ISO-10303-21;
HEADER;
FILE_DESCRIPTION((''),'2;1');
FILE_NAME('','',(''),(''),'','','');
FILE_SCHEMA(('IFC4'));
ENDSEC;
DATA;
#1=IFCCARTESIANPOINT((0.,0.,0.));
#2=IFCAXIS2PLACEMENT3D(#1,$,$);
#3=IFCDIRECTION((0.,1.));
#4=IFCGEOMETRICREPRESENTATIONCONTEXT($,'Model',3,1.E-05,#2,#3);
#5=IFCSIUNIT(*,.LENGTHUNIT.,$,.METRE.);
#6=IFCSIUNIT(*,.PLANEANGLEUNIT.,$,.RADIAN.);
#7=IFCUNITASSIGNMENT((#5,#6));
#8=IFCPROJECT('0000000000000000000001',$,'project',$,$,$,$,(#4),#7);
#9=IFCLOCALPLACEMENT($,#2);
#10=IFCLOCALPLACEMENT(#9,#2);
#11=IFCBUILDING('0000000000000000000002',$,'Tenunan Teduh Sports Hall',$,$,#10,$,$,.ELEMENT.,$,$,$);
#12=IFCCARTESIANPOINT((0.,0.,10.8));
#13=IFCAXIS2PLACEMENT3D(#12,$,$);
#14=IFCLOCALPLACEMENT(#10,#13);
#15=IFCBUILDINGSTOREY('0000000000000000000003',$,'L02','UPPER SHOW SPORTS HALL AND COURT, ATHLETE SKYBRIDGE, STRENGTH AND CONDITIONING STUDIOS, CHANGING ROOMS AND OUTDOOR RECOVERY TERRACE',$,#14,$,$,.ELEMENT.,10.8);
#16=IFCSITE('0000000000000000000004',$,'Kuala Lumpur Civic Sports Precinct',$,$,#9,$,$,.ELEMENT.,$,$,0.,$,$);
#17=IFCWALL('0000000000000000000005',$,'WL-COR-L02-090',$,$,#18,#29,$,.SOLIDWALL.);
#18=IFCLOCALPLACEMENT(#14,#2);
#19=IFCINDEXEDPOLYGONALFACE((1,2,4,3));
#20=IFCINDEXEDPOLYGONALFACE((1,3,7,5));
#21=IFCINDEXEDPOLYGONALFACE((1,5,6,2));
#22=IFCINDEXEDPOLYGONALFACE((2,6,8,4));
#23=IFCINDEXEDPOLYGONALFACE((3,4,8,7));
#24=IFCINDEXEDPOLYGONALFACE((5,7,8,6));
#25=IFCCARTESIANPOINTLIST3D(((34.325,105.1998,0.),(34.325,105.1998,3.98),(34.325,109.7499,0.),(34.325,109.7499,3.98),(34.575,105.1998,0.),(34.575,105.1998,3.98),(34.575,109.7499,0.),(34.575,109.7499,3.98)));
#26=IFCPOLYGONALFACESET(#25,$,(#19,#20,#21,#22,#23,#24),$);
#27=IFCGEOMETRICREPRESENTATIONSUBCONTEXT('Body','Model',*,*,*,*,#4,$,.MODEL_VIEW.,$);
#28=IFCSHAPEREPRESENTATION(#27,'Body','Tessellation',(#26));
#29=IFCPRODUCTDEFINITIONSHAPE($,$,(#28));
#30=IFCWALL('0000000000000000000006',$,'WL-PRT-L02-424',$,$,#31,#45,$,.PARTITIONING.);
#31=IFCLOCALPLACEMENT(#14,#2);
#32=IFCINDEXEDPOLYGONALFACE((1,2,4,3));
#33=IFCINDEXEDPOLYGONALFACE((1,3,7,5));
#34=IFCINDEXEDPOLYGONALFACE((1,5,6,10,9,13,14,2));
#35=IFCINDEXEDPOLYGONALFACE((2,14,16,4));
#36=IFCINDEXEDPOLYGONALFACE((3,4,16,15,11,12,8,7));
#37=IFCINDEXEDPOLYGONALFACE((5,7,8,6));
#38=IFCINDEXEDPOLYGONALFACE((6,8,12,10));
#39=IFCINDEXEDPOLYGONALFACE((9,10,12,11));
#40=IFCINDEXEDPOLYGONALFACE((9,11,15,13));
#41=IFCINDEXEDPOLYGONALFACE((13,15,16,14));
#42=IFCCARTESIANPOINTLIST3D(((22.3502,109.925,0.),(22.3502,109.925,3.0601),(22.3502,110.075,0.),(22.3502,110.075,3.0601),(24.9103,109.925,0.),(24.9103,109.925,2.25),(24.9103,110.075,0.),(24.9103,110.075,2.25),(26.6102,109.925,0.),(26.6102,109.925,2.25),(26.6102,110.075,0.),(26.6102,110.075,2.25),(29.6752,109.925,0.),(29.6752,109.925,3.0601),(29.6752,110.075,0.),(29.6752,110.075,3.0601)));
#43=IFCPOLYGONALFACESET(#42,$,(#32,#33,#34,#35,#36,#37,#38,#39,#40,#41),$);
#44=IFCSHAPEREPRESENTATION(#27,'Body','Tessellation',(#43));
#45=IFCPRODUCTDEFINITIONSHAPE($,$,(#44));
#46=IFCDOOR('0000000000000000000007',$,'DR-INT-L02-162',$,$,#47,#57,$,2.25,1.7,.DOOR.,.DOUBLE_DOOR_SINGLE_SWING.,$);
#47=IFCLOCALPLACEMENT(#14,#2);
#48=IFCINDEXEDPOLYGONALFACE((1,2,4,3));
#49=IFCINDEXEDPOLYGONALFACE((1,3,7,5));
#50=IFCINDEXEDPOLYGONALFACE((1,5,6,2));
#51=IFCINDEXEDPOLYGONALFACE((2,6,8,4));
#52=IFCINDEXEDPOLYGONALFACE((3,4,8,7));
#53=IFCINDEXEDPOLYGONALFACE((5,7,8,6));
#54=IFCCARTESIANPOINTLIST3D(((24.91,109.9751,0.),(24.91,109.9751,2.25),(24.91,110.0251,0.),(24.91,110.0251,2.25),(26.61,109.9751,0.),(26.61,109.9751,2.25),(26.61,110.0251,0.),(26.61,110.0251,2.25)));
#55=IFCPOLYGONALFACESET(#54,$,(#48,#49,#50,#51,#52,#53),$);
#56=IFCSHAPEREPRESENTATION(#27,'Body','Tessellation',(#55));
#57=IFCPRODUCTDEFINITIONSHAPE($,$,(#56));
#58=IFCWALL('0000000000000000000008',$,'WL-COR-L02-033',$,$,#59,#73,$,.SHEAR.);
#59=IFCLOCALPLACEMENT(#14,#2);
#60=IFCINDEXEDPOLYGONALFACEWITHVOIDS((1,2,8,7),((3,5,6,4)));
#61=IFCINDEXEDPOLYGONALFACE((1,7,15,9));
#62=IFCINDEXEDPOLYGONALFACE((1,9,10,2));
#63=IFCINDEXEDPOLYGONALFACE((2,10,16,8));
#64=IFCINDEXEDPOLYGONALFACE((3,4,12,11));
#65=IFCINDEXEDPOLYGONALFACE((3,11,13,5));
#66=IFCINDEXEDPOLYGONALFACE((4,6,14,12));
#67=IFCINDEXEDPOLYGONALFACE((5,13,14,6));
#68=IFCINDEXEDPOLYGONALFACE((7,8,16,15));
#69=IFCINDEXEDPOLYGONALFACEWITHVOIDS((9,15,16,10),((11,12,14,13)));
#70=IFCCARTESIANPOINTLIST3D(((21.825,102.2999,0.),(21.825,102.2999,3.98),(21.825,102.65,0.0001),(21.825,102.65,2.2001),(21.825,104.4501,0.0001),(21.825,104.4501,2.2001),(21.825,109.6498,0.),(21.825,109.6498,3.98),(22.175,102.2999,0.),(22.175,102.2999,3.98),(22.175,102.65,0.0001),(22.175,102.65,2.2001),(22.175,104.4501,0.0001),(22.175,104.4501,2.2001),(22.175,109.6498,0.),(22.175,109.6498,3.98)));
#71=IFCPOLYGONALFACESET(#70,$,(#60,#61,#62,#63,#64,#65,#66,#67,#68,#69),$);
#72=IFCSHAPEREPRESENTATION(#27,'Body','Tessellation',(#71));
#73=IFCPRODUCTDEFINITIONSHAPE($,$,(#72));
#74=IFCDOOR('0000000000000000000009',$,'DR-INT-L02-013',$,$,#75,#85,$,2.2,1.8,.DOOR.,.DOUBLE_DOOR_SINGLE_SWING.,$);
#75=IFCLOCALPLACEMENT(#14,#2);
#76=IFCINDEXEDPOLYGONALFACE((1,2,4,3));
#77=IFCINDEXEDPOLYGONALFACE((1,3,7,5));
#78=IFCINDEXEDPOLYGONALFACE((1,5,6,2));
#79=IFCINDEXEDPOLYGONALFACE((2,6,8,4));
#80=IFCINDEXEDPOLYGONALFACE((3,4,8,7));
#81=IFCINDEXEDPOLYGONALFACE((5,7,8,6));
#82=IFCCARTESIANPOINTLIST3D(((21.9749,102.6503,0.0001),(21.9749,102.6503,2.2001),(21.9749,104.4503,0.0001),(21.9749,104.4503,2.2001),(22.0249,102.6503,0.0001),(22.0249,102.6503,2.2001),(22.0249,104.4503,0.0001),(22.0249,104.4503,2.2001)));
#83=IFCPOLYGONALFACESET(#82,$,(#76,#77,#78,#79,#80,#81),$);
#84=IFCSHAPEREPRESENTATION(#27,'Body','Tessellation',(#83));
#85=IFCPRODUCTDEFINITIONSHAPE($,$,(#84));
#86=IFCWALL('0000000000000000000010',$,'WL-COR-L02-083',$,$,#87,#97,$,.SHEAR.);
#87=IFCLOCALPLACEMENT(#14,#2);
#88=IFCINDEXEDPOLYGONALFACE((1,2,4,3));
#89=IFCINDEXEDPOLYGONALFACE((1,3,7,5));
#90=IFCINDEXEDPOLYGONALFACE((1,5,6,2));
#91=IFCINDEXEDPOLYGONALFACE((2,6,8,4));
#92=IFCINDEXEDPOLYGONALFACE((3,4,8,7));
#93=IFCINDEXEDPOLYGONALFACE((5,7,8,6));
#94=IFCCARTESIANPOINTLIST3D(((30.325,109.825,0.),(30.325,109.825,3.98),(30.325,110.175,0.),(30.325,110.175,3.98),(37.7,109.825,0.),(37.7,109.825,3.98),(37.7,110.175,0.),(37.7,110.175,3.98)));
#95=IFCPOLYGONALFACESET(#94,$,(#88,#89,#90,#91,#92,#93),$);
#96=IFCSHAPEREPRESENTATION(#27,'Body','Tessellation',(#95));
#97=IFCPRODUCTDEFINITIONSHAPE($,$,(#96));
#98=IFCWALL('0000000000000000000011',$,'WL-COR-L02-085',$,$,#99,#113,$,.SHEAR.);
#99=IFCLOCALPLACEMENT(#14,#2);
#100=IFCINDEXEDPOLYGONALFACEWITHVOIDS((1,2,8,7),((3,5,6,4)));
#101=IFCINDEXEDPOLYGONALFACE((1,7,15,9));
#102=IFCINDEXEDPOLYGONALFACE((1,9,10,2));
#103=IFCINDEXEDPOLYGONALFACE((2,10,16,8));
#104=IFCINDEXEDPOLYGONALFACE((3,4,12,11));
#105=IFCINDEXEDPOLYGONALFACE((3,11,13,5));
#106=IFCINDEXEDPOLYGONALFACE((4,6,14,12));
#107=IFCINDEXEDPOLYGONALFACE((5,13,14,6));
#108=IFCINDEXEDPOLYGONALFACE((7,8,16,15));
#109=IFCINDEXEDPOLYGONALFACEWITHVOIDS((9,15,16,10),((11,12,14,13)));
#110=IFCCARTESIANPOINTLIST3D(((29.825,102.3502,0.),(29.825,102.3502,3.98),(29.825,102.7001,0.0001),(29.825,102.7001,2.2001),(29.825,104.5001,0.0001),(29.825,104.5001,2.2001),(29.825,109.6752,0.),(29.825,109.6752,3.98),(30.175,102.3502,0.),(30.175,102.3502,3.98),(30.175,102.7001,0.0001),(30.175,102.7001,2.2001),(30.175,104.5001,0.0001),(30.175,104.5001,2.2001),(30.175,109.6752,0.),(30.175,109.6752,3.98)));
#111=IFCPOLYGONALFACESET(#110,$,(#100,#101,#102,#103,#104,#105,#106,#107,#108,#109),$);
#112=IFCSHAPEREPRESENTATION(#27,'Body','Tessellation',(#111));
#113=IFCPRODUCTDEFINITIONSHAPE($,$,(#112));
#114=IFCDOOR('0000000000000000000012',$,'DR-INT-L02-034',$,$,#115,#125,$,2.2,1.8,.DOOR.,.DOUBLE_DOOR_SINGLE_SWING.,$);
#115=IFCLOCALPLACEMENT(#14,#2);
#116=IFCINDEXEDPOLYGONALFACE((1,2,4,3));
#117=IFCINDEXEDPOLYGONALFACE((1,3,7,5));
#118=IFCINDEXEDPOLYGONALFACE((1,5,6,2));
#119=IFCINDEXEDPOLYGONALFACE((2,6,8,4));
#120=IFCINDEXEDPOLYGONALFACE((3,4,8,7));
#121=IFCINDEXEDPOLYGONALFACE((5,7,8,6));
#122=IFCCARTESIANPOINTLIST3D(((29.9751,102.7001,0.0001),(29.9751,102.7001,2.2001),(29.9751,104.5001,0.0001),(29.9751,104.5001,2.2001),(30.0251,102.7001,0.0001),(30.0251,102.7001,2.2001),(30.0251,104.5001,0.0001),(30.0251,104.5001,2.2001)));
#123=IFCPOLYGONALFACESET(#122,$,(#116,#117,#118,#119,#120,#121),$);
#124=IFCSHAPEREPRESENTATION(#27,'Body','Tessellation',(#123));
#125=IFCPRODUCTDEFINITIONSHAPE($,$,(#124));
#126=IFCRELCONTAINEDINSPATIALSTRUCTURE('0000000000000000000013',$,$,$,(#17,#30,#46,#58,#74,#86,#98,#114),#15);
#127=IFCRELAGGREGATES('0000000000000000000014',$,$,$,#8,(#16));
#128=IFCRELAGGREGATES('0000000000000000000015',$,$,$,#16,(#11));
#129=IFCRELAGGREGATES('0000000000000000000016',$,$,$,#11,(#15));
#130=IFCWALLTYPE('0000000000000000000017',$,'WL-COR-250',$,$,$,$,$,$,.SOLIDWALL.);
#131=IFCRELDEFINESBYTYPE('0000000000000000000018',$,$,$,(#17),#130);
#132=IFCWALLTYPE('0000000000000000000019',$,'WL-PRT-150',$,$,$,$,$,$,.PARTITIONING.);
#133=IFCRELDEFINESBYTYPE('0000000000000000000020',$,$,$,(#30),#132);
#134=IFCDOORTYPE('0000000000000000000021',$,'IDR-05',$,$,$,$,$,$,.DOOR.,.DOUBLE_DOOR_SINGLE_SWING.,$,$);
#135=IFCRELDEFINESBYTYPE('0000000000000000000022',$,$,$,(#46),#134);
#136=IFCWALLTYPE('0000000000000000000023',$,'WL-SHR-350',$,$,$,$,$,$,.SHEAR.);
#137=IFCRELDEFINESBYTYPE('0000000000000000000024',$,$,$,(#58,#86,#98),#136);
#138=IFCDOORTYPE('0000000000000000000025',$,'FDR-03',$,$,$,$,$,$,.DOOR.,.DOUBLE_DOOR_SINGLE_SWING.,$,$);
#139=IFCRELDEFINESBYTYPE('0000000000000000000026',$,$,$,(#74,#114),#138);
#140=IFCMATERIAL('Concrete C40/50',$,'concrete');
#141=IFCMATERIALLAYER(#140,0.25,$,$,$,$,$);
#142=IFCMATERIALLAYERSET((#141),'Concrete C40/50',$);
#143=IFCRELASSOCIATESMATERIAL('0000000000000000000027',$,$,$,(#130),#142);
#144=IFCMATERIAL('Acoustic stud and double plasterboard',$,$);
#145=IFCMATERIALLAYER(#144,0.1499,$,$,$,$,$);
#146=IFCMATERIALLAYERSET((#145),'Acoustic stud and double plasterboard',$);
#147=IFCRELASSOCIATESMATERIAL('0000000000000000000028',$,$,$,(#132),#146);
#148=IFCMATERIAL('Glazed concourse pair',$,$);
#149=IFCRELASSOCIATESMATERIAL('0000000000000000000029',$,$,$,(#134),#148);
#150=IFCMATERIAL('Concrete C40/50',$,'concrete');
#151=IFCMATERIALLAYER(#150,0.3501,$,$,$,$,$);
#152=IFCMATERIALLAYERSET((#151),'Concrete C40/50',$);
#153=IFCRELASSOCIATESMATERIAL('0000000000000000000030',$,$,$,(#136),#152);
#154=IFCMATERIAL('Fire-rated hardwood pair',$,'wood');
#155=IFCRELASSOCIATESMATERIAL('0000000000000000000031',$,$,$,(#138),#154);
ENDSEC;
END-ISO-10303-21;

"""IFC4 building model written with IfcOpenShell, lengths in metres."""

from ifc_helpers import new_model, si_unit, direction, frame, frame_2d, origin, place, context, subcontext, project, spatial, rectangle, extrude, material, layer, layer_set, type_object, element, fill, save


model = new_model("IFC4")

# Units and contexts
model_context = context("Model", 3, precision=1e-05, world=origin(), true_north=direction((0.0, 1.0)))
body_context = subcontext(model_context, "Body", "Model", "MODEL_VIEW")
ifc_project = project(units=[si_unit("LENGTHUNIT", "METRE"), si_unit("PLANEANGLEUNIT", "RADIAN")], contexts=[model_context])

# Site, building, storey
site_placement = place(None, origin())
site = spatial("IfcSite", under=ifc_project, at=site_placement, Name="Kuala Lumpur Civic Sports Precinct", CompositionType="ELEMENT", RefElevation=0.0)
building_placement = place(site_placement, origin())
building = spatial("IfcBuilding", under=site, at=building_placement, Name="Tenunan Teduh Sports Hall", CompositionType="ELEMENT")
storey_placement = place(building_placement, frame((0.0, 0.0, 10.8)))
storey = spatial("IfcBuildingStorey", under=building, at=storey_placement, Name="L02", Description="UPPER SHOW SPORTS HALL AND COURT, ATHLETE SKYBRIDGE, STRENGTH AND CONDITIONING STUDIOS, CHANGING ROOMS AND OUTDOOR RECOVERY TERRACE", CompositionType="ELEMENT", Elevation=10.8)

# Shared definitions
ifc_material_1 = material(Name="Concrete C40/50", Category="concrete")
ifc_layer_1 = layer(ifc_material_1, 0.25)
ifc_layer_set_1 = layer_set([ifc_layer_1], Name="Concrete C40/50")
wall_type_1 = type_object("IfcWallType", Name="WL-COR-250", PredefinedType="SOLIDWALL", material=ifc_layer_set_1)

# Wall
wall_1_placement = place(storey_placement, frame((34.45, 105.2, 0.0), z_axis=(0.0, 0.0, 1.0), x_axis=(0.0, 1.0, 0.0)))
element("IfcWall", 1, at=wall_1_placement, inside=storey, type_object=wall_type_1, Name="WL-COR-L02-090", PredefinedType="SOLIDWALL", context=body_context, shape_type="SweptSolid", body=[
    extrude(rectangle(XDim=4.55, YDim=0.25, at=frame_2d((2.2749, 0.0))), origin(), (0.0, 0.0, 1.0), 3.98),
])

# Walls, openings, doors
ifc_material_2 = material(Name="Acoustic stud and double plasterboard")
ifc_layer_2 = layer(ifc_material_2, 0.1499)
ifc_layer_set_2 = layer_set([ifc_layer_2], Name="Acoustic stud and double plasterboard")
wall_type_2 = type_object("IfcWallType", Name="WL-PRT-150", PredefinedType="PARTITIONING", material=ifc_layer_set_2)
wall_2_placement = place(storey_placement, frame((22.3501, 110.0, 0.0), z_axis=(0.0, 0.0, 1.0), x_axis=(1.0, 0.0, 0.0)))
wall_2 = element("IfcWall", 2, at=wall_2_placement, inside=storey, type_object=wall_type_2, Name="WL-PRT-L02-424", PredefinedType="PARTITIONING", context=body_context, shape_type="SweptSolid", body=[
    extrude(rectangle(XDim=7.325, YDim=0.1499, at=frame_2d((3.6626, 0.0))), origin(), (0.0, 0.0, 1.0), 3.0601),
])
opening_1_placement = place(wall_2_placement, frame((2.5601, 0.0, 0.0)))
opening_1 = element("IfcOpeningElement", 3, at=opening_1_placement, cuts=wall_2, PredefinedType="OPENING", context=body_context, shape_type="SweptSolid", body=[
    extrude(rectangle(XDim=1.7, YDim=2.25, at=frame_2d((0.8501, 1.125))), frame((0.0, 0.085, 0.0), z_axis=(0.0, -1.0, 0.0), x_axis=(1.0, 0.0, 0.0)), (0.0, 0.0, 1.0), 0.1699),
])
ifc_material_3 = material(Name="Glazed concourse pair")
door_type_1 = type_object("IfcDoorType", Name="IDR-05", OperationType="DOUBLE_DOOR_SINGLE_SWING", PredefinedType="DOOR", material=ifc_material_3)
door_1_placement = place(opening_1_placement, frame((1.7, 0.0, 0.0), z_axis=(0.0, 0.0, 1.0), x_axis=(-1.0, 0.0, 0.0)))
door_1 = element("IfcDoor", 4, at=door_1_placement, inside=storey, type_object=door_type_1, Name="DR-INT-L02-162", OperationType="DOUBLE_DOOR_SINGLE_SWING", OverallHeight=2.25, OverallWidth=1.7, PredefinedType="DOOR", context=body_context, shape_type="SweptSolid", body=[
    extrude(rectangle(XDim=1.7, YDim=2.25, at=frame_2d((0.8501, 1.125))), frame((0.0, 0.0249, 0.0), z_axis=(0.0, -1.0, 0.0), x_axis=(1.0, 0.0, 0.0)), (0.0, 0.0, 1.0), 0.05),
])
fill(opening_1, door_1)
ifc_material_4 = material(Name="Concrete C40/50", Category="concrete")
ifc_layer_3 = layer(ifc_material_4, 0.3501)
ifc_layer_set_3 = layer_set([ifc_layer_3], Name="Concrete C40/50")
wall_type_3 = type_object("IfcWallType", Name="WL-SHR-350", PredefinedType="SHEAR", material=ifc_layer_set_3)
wall_3_placement = place(storey_placement, frame((22.0, 102.3, 0.0), z_axis=(0.0, 0.0, 1.0), x_axis=(0.0, 1.0, 0.0)))
wall_3 = element("IfcWall", 5, at=wall_3_placement, inside=storey, type_object=wall_type_3, Name="WL-COR-L02-033", PredefinedType="SHEAR", context=body_context, shape_type="SweptSolid", body=[
    extrude(rectangle(XDim=7.3499, YDim=0.3501, at=frame_2d((3.6748, 0.0))), origin(), (0.0, 0.0, 1.0), 3.98),
])
opening_2_placement = place(wall_3_placement, frame((0.3501, 0.0, 0.0)))
opening_2 = element("IfcOpeningElement", 6, at=opening_2_placement, cuts=wall_3, PredefinedType="OPENING", context=body_context, shape_type="SweptSolid", body=[
    extrude(rectangle(XDim=1.8, YDim=2.2, at=frame_2d((0.8999, 1.1001))), frame((0.0, 0.1851, 0.0), z_axis=(0.0, -1.0, 0.0), x_axis=(1.0, 0.0, 0.0)), (0.0, 0.0, 1.0), 0.3701),
])
ifc_material_5 = material(Name="Fire-rated hardwood pair", Category="wood")
door_type_2 = type_object("IfcDoorType", Name="FDR-03", OperationType="DOUBLE_DOOR_SINGLE_SWING", PredefinedType="DOOR", material=ifc_material_5)
door_2_placement = place(opening_2_placement, frame((1.8, 0.0, 0.0), z_axis=(0.0, 0.0, 1.0), x_axis=(-1.0, 0.0, 0.0)))
door_2 = element("IfcDoor", 7, at=door_2_placement, inside=storey, type_object=door_type_2, Name="DR-INT-L02-013", OperationType="DOUBLE_DOOR_SINGLE_SWING", OverallHeight=2.2, OverallWidth=1.8, PredefinedType="DOOR", context=body_context, shape_type="SweptSolid", body=[
    extrude(rectangle(XDim=1.8, YDim=2.2, at=frame_2d((0.8999, 1.1001))), frame((0.0, 0.0249, 0.0), z_axis=(0.0, -1.0, 0.0), x_axis=(1.0, 0.0, 0.0)), (0.0, 0.0, 1.0), 0.05),
])
fill(opening_2, door_2)

# Wall
wall_4_placement = place(storey_placement, frame((30.325, 110.0, 0.0), z_axis=(0.0, 0.0, 1.0), x_axis=(1.0, 0.0, 0.0)))
element("IfcWall", 8, at=wall_4_placement, inside=storey, type_object=wall_type_3, Name="WL-COR-L02-083", PredefinedType="SHEAR", context=body_context, shape_type="SweptSolid", body=[
    extrude(rectangle(XDim=7.375, YDim=0.3501, at=frame_2d((3.6875, 0.0))), origin(), (0.0, 0.0, 1.0), 3.98),
])

# Wall, opening, door
wall_5_placement = place(storey_placement, frame((30.0, 102.3501, 0.0), z_axis=(0.0, 0.0, 1.0), x_axis=(0.0, 1.0, 0.0)))
wall_5 = element("IfcWall", 9, at=wall_5_placement, inside=storey, type_object=wall_type_3, Name="WL-COR-L02-085", PredefinedType="SHEAR", context=body_context, shape_type="SweptSolid", body=[
    extrude(rectangle(XDim=7.325, YDim=0.3501, at=frame_2d((3.6626, 0.0))), origin(), (0.0, 0.0, 1.0), 3.98),
])
opening_3_placement = place(wall_5_placement, frame((0.3501, 0.0, 0.0)))
opening_3 = element("IfcOpeningElement", 10, at=opening_3_placement, cuts=wall_5, PredefinedType="OPENING", context=body_context, shape_type="SweptSolid", body=[
    extrude(rectangle(XDim=1.8, YDim=2.2, at=frame_2d((0.8999, 1.1001))), frame((0.0, 0.1851, 0.0), z_axis=(0.0, -1.0, 0.0), x_axis=(1.0, 0.0, 0.0)), (0.0, 0.0, 1.0), 0.3701),
])
door_3_placement = place(opening_3_placement, origin())
door_3 = element("IfcDoor", 11, at=door_3_placement, inside=storey, type_object=door_type_2, Name="DR-INT-L02-034", OperationType="DOUBLE_DOOR_SINGLE_SWING", OverallHeight=2.2, OverallWidth=1.8, PredefinedType="DOOR", context=body_context, shape_type="SweptSolid", body=[
    extrude(rectangle(XDim=1.8, YDim=2.2, at=frame_2d((0.8999, 1.1001))), frame((0.0, 0.0249, 0.0), z_axis=(0.0, -1.0, 0.0), x_axis=(1.0, 0.0, 0.0)), (0.0, 0.0, 1.0), 0.05),
])
fill(opening_3, door_3)

save(model, "model.ifc")
